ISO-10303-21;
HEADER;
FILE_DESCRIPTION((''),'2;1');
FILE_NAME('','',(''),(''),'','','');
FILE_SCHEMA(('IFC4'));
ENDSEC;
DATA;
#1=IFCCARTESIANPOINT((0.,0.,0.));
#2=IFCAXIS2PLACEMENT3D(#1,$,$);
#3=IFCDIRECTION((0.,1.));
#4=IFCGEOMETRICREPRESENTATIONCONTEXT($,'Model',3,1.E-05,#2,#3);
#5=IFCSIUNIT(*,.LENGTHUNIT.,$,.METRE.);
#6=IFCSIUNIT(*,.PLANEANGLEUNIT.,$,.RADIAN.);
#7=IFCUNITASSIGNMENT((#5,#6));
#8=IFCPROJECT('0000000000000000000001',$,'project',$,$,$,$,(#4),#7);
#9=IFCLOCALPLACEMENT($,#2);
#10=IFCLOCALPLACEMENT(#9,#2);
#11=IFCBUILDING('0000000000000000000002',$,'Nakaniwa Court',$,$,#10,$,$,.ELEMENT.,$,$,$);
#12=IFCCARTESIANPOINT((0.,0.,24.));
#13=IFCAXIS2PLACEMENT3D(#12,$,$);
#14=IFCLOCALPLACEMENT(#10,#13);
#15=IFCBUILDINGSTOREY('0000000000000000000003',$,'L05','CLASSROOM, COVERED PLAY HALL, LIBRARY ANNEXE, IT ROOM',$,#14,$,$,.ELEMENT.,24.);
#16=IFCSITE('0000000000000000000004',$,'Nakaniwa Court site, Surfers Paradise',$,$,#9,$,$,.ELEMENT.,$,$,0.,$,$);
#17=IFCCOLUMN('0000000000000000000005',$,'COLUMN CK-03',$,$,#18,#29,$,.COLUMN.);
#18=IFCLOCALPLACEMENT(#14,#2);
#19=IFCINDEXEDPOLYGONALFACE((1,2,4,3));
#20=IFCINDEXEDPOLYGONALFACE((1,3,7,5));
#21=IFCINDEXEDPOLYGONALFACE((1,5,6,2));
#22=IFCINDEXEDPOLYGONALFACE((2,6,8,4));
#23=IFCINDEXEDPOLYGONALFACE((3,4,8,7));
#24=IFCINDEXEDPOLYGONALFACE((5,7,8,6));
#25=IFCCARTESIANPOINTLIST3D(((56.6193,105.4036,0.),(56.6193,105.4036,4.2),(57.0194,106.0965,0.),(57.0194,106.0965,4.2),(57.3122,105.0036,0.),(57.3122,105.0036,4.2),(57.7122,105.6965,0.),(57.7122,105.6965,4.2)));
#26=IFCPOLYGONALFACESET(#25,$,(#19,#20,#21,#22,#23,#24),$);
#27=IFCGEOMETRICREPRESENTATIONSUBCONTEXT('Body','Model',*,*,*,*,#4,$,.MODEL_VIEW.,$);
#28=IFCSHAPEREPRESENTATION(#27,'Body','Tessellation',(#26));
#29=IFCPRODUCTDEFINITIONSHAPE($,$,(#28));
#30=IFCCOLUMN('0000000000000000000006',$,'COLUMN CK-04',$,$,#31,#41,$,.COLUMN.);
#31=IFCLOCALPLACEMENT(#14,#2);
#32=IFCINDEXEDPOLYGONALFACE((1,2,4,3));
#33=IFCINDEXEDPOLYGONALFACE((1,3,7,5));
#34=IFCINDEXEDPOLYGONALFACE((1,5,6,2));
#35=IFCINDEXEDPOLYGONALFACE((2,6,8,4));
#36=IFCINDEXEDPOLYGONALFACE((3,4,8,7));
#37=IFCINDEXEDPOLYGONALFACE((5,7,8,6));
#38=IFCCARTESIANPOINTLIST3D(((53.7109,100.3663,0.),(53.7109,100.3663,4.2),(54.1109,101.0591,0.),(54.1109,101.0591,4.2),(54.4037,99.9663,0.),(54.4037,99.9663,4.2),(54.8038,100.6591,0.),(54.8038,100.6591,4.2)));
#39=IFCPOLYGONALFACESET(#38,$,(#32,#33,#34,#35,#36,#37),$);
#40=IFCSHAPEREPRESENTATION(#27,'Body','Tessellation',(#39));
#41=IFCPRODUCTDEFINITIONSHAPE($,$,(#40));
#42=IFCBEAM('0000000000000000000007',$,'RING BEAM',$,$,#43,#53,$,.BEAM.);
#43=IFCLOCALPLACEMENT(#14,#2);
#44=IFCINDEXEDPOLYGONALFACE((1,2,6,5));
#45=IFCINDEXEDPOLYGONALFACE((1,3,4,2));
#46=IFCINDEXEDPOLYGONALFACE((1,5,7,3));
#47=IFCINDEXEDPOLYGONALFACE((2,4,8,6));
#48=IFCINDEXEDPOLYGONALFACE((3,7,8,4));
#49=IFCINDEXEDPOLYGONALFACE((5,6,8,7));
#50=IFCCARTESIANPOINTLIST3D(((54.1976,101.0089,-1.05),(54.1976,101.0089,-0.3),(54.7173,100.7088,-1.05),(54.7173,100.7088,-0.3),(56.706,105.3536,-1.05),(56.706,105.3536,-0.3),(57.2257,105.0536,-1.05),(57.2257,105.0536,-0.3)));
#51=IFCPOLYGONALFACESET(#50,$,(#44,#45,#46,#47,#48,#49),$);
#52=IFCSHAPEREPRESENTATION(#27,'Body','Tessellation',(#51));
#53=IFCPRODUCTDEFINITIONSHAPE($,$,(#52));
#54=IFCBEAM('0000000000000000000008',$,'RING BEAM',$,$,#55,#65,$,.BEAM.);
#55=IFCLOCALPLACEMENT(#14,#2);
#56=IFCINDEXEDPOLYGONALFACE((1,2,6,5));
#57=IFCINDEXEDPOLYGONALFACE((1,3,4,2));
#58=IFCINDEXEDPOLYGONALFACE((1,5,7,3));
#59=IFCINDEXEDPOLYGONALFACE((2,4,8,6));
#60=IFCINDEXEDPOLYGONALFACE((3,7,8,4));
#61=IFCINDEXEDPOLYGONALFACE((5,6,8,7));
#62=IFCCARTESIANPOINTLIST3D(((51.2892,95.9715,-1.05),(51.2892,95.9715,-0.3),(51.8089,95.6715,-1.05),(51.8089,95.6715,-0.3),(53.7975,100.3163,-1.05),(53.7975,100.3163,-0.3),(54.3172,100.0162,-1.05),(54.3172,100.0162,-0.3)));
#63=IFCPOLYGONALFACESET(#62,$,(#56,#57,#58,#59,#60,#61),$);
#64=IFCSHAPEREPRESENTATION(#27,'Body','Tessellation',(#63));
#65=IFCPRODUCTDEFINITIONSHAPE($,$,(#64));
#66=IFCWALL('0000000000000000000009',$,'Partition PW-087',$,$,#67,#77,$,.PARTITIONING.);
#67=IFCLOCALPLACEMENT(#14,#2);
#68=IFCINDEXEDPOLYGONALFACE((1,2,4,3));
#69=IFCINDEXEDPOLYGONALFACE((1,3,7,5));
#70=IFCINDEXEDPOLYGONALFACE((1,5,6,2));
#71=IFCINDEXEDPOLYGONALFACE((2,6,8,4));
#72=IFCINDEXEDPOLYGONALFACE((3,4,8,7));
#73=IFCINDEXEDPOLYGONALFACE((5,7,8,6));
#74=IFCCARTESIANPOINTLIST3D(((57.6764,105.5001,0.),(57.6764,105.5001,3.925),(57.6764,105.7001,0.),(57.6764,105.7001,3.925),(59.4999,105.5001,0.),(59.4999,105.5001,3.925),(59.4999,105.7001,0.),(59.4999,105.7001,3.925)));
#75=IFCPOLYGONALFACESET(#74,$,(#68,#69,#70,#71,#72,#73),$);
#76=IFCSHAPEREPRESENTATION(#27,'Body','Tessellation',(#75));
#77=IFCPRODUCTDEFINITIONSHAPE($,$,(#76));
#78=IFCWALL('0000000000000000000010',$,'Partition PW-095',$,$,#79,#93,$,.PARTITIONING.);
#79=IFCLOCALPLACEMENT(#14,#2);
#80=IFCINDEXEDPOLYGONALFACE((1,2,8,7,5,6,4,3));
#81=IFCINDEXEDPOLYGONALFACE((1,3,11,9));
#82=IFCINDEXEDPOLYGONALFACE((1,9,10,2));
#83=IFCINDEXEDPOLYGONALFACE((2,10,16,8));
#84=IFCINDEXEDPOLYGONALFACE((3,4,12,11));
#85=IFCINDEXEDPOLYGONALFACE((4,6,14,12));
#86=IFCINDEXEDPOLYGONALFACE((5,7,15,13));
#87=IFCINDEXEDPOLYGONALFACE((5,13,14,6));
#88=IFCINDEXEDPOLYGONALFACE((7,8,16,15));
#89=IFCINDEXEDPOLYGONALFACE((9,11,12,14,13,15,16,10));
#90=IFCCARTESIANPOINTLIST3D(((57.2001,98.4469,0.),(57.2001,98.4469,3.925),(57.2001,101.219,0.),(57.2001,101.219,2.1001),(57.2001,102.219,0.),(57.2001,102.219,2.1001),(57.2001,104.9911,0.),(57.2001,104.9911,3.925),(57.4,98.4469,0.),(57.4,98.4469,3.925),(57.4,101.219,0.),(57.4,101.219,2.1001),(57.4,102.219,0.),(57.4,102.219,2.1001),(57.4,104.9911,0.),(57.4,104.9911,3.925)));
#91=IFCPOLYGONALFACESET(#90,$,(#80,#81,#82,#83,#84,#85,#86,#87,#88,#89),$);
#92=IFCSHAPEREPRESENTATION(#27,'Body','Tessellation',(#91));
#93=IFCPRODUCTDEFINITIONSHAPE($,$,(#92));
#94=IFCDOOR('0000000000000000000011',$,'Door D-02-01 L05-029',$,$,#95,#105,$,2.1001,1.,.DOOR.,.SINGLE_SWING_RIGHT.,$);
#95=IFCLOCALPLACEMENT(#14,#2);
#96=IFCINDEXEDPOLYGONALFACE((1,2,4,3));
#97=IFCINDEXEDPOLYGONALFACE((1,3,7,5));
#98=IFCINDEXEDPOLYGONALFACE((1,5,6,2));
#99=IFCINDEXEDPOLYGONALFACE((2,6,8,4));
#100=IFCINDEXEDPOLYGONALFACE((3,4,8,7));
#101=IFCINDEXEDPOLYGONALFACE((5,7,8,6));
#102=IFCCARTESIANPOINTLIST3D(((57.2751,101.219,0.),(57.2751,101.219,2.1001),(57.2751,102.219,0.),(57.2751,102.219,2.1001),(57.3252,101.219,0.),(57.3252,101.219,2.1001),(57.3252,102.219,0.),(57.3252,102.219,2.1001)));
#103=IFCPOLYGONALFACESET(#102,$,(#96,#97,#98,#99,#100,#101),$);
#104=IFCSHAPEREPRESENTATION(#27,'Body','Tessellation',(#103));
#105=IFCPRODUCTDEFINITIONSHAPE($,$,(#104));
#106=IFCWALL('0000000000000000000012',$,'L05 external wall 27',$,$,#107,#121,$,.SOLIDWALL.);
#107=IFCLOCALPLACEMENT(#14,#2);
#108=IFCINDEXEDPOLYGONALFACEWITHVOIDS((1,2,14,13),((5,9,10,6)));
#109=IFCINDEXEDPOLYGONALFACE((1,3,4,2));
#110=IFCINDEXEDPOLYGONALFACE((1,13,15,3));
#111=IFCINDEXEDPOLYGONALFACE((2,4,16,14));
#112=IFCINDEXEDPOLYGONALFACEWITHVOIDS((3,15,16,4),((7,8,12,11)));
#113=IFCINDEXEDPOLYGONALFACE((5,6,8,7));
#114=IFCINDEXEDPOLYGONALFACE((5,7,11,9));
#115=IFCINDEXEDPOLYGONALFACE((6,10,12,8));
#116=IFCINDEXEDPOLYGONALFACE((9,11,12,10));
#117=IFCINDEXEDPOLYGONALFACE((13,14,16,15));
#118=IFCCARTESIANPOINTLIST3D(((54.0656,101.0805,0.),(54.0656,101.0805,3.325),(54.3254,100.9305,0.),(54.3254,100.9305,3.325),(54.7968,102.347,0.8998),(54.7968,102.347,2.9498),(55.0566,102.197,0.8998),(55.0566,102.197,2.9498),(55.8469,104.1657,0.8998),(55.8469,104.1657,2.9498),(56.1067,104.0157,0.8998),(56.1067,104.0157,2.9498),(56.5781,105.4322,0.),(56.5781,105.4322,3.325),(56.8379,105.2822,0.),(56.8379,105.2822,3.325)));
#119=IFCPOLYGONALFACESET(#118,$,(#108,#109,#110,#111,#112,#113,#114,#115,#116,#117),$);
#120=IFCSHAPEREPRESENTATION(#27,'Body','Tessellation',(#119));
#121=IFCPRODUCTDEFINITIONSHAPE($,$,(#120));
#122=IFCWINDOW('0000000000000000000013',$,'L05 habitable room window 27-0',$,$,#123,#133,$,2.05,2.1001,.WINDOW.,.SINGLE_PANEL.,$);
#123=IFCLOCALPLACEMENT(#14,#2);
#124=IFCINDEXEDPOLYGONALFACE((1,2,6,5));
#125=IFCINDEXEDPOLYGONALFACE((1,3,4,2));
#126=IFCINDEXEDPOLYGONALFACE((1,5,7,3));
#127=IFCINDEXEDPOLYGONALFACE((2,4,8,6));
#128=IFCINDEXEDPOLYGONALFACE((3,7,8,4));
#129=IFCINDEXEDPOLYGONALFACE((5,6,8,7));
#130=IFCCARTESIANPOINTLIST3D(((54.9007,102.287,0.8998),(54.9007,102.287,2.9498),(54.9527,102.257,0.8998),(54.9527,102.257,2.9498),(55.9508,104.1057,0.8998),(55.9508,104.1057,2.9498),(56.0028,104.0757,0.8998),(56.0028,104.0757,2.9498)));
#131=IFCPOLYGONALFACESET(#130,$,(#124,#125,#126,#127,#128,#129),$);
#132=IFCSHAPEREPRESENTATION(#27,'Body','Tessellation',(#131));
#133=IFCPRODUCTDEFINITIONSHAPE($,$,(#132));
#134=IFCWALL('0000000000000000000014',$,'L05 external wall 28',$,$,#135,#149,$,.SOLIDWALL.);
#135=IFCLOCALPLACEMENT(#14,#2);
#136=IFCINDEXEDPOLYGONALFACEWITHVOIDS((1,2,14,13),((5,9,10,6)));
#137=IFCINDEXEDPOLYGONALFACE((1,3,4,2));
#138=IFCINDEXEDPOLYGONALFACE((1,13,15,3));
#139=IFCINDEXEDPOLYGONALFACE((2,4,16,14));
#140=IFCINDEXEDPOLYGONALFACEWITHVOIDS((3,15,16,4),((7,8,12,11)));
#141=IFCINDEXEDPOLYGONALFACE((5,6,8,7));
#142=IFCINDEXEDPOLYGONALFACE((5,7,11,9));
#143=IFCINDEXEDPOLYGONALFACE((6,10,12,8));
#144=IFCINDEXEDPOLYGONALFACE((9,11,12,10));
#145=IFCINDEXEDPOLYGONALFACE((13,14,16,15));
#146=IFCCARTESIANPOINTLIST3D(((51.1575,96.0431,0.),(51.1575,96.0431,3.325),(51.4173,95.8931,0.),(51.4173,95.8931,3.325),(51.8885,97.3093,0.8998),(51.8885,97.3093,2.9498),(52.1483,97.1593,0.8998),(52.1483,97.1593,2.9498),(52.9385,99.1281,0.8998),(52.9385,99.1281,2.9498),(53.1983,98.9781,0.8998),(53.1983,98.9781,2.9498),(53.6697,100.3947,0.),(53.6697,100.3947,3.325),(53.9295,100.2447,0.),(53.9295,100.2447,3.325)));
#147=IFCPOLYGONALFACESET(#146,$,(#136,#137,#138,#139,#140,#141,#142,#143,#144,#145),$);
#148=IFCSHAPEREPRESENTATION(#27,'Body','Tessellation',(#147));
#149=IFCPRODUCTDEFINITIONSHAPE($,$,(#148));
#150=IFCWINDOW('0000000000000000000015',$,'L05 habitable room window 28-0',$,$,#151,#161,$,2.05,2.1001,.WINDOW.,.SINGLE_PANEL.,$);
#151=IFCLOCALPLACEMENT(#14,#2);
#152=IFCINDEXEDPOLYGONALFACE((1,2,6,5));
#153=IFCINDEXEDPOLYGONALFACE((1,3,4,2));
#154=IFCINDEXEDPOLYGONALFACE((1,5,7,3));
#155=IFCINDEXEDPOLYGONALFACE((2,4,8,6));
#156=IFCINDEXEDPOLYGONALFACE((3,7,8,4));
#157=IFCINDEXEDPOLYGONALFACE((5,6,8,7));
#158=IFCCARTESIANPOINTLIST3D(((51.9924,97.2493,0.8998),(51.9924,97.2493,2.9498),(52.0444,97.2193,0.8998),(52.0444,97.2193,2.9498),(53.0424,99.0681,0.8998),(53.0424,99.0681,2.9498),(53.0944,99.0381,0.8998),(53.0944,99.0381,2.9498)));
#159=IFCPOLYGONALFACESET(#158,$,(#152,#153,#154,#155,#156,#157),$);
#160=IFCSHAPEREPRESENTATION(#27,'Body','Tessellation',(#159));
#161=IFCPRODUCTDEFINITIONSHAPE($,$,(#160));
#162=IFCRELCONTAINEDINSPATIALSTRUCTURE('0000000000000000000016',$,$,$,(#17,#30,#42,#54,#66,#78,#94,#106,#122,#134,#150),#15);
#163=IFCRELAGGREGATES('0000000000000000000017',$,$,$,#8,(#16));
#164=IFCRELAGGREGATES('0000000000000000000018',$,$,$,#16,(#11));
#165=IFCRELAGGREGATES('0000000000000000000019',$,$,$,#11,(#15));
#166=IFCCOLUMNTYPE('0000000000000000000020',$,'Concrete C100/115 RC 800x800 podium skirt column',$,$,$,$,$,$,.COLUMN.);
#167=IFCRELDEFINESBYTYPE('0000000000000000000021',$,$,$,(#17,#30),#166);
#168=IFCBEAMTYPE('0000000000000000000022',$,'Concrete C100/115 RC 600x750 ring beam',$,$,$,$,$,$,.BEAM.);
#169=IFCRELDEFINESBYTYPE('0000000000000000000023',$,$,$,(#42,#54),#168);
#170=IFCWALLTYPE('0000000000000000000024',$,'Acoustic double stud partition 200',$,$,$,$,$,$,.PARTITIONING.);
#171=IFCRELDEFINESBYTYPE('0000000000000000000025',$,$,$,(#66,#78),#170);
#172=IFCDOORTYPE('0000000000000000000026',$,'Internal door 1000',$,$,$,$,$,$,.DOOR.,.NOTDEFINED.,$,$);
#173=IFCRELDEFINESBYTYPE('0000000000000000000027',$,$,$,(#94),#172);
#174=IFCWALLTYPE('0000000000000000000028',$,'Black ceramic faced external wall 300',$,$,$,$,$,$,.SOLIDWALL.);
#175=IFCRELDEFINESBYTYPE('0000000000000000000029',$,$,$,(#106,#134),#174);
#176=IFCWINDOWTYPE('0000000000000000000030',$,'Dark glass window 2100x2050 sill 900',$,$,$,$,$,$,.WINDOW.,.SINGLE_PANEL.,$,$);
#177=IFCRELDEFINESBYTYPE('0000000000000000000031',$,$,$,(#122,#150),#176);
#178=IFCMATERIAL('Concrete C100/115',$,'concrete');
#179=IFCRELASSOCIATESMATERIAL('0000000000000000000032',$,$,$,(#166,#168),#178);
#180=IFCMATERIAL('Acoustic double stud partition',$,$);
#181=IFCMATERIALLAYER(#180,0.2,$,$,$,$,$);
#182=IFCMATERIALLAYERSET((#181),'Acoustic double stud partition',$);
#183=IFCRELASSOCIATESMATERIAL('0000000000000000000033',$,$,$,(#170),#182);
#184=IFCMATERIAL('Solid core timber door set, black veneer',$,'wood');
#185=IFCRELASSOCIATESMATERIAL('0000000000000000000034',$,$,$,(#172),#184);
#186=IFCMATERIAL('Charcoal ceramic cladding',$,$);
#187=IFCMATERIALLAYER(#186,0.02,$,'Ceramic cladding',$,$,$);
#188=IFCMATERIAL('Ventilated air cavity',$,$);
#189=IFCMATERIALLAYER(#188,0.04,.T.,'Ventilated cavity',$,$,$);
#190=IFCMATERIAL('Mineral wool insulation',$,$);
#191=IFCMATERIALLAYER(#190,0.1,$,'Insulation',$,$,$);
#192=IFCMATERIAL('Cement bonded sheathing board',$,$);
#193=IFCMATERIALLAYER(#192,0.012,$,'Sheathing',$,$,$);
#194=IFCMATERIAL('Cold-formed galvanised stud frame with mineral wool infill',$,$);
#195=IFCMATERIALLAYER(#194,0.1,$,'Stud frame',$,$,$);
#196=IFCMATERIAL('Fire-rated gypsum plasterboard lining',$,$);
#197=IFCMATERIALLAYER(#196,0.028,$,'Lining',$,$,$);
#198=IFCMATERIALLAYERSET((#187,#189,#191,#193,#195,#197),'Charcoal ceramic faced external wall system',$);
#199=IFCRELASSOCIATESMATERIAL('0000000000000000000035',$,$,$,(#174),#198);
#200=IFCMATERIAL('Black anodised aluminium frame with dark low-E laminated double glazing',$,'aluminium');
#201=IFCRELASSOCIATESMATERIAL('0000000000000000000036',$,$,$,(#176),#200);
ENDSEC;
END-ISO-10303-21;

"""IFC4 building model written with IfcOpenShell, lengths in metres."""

from ifc_helpers import new_model, si_unit, direction, frame, frame_2d, origin, origin_2d, place, context, subcontext, project, spatial, rectangle, extrude, material, layer, layer_set, material_profile, profile_set, type_object, element, fill, save


model = new_model("IFC4")

# Units and contexts
model_context = context("Model", 3, precision=1e-05, world=origin(), true_north=direction((0.0, 1.0)))
body_context = subcontext(model_context, "Body", "Model", "MODEL_VIEW")
ifc_project = project(units=[si_unit("LENGTHUNIT", "METRE"), si_unit("PLANEANGLEUNIT", "RADIAN")], contexts=[model_context])

# Site, building, storey
site_placement = place(None, origin())
site = spatial("IfcSite", under=ifc_project, at=site_placement, Name="Nakaniwa Court site, Surfers Paradise", CompositionType="ELEMENT", RefElevation=0.0)
building_placement = place(site_placement, origin())
building = spatial("IfcBuilding", under=site, at=building_placement, Name="Nakaniwa Court", CompositionType="ELEMENT")
storey_placement = place(building_placement, frame((0.0, 0.0, 24.0)))
storey = spatial("IfcBuildingStorey", under=building, at=storey_placement, Name="L05", Description="CLASSROOM, COVERED PLAY HALL, LIBRARY ANNEXE, IT ROOM", CompositionType="ELEMENT", Elevation=24.0)

# Columns
ifc_material_1 = material(Name="Concrete C100/115", Category="concrete")
ifc_material_profile_1 = material_profile(ifc_material_1, rectangle(XDim=0.8, YDim=0.8, at=origin_2d()), Name="Concrete C100/115 RC 800x800 podium skirt column")
ifc_profile_set_1 = profile_set([ifc_material_profile_1], Name="Concrete C100/115")
column_type = type_object("IfcColumnType", Name="Concrete C100/115 RC 800x800 podium skirt column", PredefinedType="COLUMN", material=ifc_profile_set_1)
for number, where, z_axis, x_axis, name in (
    (1, (57.1658, 105.55, 0.0), (0.0, 0.0, 1.0), (-0.5, -0.866025, 0.0), "COLUMN CK-03"),
    (2, (54.2573, 100.5127, 0.0), (0.0, 0.0, 1.0), (-0.5, -0.866025, 0.0), "COLUMN CK-04"),
):
    element("IfcColumn", number, at=place(storey_placement, frame(where, z_axis=z_axis, x_axis=x_axis)), inside=storey, type_object=column_type, Name=name, PredefinedType="COLUMN", context=body_context, shape_type="SweptSolid", body=[
        extrude(rectangle(XDim=0.8, YDim=0.8, at=origin_2d()), origin(), (0.0, 0.0, 1.0), 4.2),
    ])

# Beams
ifc_material_profile_2 = material_profile(ifc_material_1, rectangle(XDim=0.6001, YDim=0.75, at=origin_2d()), Name="Concrete C100/115 RC 600x750 ring beam")
ifc_profile_set_2 = profile_set([ifc_material_profile_2], Name="Concrete C100/115")
beam_type = type_object("IfcBeamType", Name="Concrete C100/115 RC 600x750 ring beam", PredefinedType="BEAM", material=ifc_profile_set_2)
for number, where, z_axis, x_axis, name in (
    (3, (56.9658, 105.2036, -0.675), (-0.499981, -0.866036, 0.0), (0.866036, -0.499981, 0.0), "RING BEAM"),
    (4, (54.0574, 100.1663, -0.675), (-0.499981, -0.866036, 0.0), (0.866036, -0.499981, 0.0), "RING BEAM"),
):
    element("IfcBeam", number, at=place(storey_placement, frame(where, z_axis=z_axis, x_axis=x_axis)), inside=storey, type_object=beam_type, Name=name, PredefinedType="BEAM", context=body_context, shape_type="SweptSolid", body=[
        extrude(rectangle(XDim=0.6001, YDim=0.75, at=origin_2d()), origin(), (0.0, 0.0, 1.0), 5.0168),
    ])

# Wall
ifc_material_2 = material(Name="Acoustic double stud partition")
ifc_layer_1 = layer(ifc_material_2, 0.2)
ifc_layer_set_1 = layer_set([ifc_layer_1], Name="Acoustic double stud partition")
wall_type_1 = type_object("IfcWallType", Name="Acoustic double stud partition 200", PredefinedType="PARTITIONING", material=ifc_layer_set_1)
wall_1_placement = place(storey_placement, frame((57.6765, 105.6001, 0.0), z_axis=(0.0, 0.0, 1.0), x_axis=(1.0, 0.0, 0.0)))
element("IfcWall", 5, at=wall_1_placement, inside=storey, type_object=wall_type_1, Name="Partition PW-087", PredefinedType="PARTITIONING", context=body_context, shape_type="SweptSolid", body=[
    extrude(rectangle(XDim=1.8235, YDim=0.2, at=frame_2d((0.9116, 0.0))), origin(), (0.0, 0.0, 1.0), 3.925),
])

# Wall, opening, door
wall_2_placement = place(storey_placement, frame((57.3, 98.447, 0.0), z_axis=(0.0, 0.0, 1.0), x_axis=(0.0, 1.0, 0.0)))
wall_2 = element("IfcWall", 6, at=wall_2_placement, inside=storey, type_object=wall_type_1, Name="Partition PW-095", PredefinedType="PARTITIONING", context=body_context, shape_type="SweptSolid", body=[
    extrude(rectangle(XDim=6.5442, YDim=0.2, at=frame_2d((3.272, 0.0))), origin(), (0.0, 0.0, 1.0), 3.925),
])
opening_1_placement = place(wall_2_placement, frame((2.772, 0.0, 0.0)))
opening_1 = element("IfcOpeningElement", 7, at=opening_1_placement, cuts=wall_2, PredefinedType="OPENING", context=body_context, shape_type="SweptSolid", body=[
    extrude(rectangle(XDim=1.0, YDim=2.1001, at=frame_2d((0.5, 1.05))), frame((0.0, 0.1099, 0.0), z_axis=(0.0, -1.0, 0.0), x_axis=(1.0, 0.0, 0.0)), (0.0, 0.0, 1.0), 0.22),
])
ifc_material_3 = material(Name="Solid core timber door set, black veneer", Category="wood")
door_type_1 = type_object("IfcDoorType", Name="Internal door 1000", OperationType="NOTDEFINED", PredefinedType="DOOR", material=ifc_material_3)
door_1_placement = place(opening_1_placement, origin())
door_1 = element("IfcDoor", 8, at=door_1_placement, inside=storey, type_object=door_type_1, Name="Door D-02-01 L05-029", OperationType="SINGLE_SWING_RIGHT", OverallHeight=2.1001, OverallWidth=1.0, PredefinedType="DOOR", context=body_context, shape_type="SweptSolid", body=[
    extrude(rectangle(XDim=1.0, YDim=2.1001, at=frame_2d((0.5, 1.05))), frame((0.0, 0.0249, 0.0), z_axis=(0.0, -1.0, 0.0), x_axis=(1.0, 0.0, 0.0)), (0.0, 0.0, 1.0), 0.05),
])
fill(opening_1, door_1)

# Walls, openings, windows
ifc_material_4 = material(Name="Charcoal ceramic cladding")
ifc_layer_2 = layer(ifc_material_4, 0.02, Name="Ceramic cladding")
ifc_material_5 = material(Name="Ventilated air cavity")
ifc_layer_3 = layer(ifc_material_5, 0.04, ventilated=True, Name="Ventilated cavity")
ifc_material_6 = material(Name="Mineral wool insulation")
ifc_layer_4 = layer(ifc_material_6, 0.1, Name="Insulation")
ifc_material_7 = material(Name="Cement bonded sheathing board")
ifc_layer_5 = layer(ifc_material_7, 0.012, Name="Sheathing")
ifc_material_8 = material(Name="Cold-formed galvanised stud frame with mineral wool infill")
ifc_layer_6 = layer(ifc_material_8, 0.1, Name="Stud frame")
ifc_material_9 = material(Name="Fire-rated gypsum plasterboard lining")
ifc_layer_7 = layer(ifc_material_9, 0.028, Name="Lining")
ifc_layer_set_2 = layer_set([ifc_layer_2, ifc_layer_3, ifc_layer_4, ifc_layer_5, ifc_layer_6, ifc_layer_7], Name="Charcoal ceramic faced external wall system")
wall_type_2 = type_object("IfcWallType", Name="Black ceramic faced external wall 300", PredefinedType="SOLIDWALL", material=ifc_layer_set_2)
wall_3_placement = place(storey_placement, frame((56.708, 105.3572, 0.0), z_axis=(0.0, 0.0, 1.0), x_axis=(-0.500011, -0.866019, 0.0)))
wall_3 = element("IfcWall", 9, at=wall_3_placement, inside=storey, type_object=wall_type_2, Name="L05 external wall 27", PredefinedType="SOLIDWALL", context=body_context, shape_type="SweptSolid", body=[
    extrude(rectangle(XDim=5.0249, YDim=0.3, at=frame_2d((2.5125, 0.0))), origin(), (0.0, 0.0, 1.0), 3.325),
])
opening_2_placement = place(wall_3_placement, frame((1.4624, 0.0, 0.8999)))
opening_2 = element("IfcOpeningElement", 10, at=opening_2_placement, cuts=wall_3, PredefinedType="OPENING", context=body_context, shape_type="SweptSolid", body=[
    extrude(rectangle(XDim=2.1001, YDim=2.05, at=frame_2d((1.05, 1.0249))), frame((0.0, 0.1599, 0.0), z_axis=(0.0, -1.0, 0.0), x_axis=(1.0, 0.0, 0.0)), (0.0, 0.0, 1.0), 0.3201),
])
ifc_material_10 = material(Name="Black anodised aluminium frame with dark low-E laminated double glazing", Category="aluminium")
window_type = type_object("IfcWindowType", Name="Dark glass window 2100x2050 sill 900", PartitioningType="SINGLE_PANEL", PredefinedType="WINDOW", material=ifc_material_10)
window_1_placement = place(opening_2_placement, origin())
window_1 = element("IfcWindow", 11, at=window_1_placement, inside=storey, type_object=window_type, Name="L05 habitable room window 27-0", OverallHeight=2.05, OverallWidth=2.1001, PartitioningType="SINGLE_PANEL", PredefinedType="WINDOW", context=body_context, shape_type="SweptSolid", body=[
    extrude(rectangle(XDim=2.1001, YDim=2.05, at=frame_2d((1.05, 1.0249))), frame((0.0, 0.03, 0.0), z_axis=(0.0, -1.0, 0.0), x_axis=(1.0, 0.0, 0.0)), (0.0, 0.0, 1.0), 0.0601),
])
fill(opening_2, window_1)
wall_4_placement = place(storey_placement, frame((53.7996, 100.3196, 0.0), z_axis=(0.0, 0.0, 1.0), x_axis=(-0.499975, -0.86604, 0.0)))
wall_4 = element("IfcWall", 12, at=wall_4_placement, inside=storey, type_object=wall_type_2, Name="L05 external wall 28", PredefinedType="SOLIDWALL", context=body_context, shape_type="SweptSolid", body=[
    extrude(rectangle(XDim=5.0247, YDim=0.3, at=frame_2d((2.5122, 0.0))), origin(), (0.0, 0.0, 1.0), 3.325),
])
opening_3_placement = place(wall_4_placement, frame((1.4624, 0.0, 0.8999)))
opening_3 = element("IfcOpeningElement", 13, at=opening_3_placement, cuts=wall_4, PredefinedType="OPENING", context=body_context, shape_type="SweptSolid", body=[
    extrude(rectangle(XDim=2.1001, YDim=2.05, at=frame_2d((1.05, 1.0249))), frame((0.0, 0.1599, 0.0), z_axis=(0.0, -1.0, 0.0), x_axis=(1.0, 0.0, 0.0)), (0.0, 0.0, 1.0), 0.3201),
])
window_2_placement = place(opening_3_placement, origin())
window_2 = element("IfcWindow", 14, at=window_2_placement, inside=storey, type_object=window_type, Name="L05 habitable room window 28-0", OverallHeight=2.05, OverallWidth=2.1001, PartitioningType="SINGLE_PANEL", PredefinedType="WINDOW", context=body_context, shape_type="SweptSolid", body=[
    extrude(rectangle(XDim=2.1001, YDim=2.05, at=frame_2d((1.05, 1.0249))), frame((0.0, 0.03, 0.0), z_axis=(0.0, -1.0, 0.0), x_axis=(1.0, 0.0, 0.0)), (0.0, 0.0, 1.0), 0.0601),
])
fill(opening_3, window_2)

save(model, "model.ifc")
